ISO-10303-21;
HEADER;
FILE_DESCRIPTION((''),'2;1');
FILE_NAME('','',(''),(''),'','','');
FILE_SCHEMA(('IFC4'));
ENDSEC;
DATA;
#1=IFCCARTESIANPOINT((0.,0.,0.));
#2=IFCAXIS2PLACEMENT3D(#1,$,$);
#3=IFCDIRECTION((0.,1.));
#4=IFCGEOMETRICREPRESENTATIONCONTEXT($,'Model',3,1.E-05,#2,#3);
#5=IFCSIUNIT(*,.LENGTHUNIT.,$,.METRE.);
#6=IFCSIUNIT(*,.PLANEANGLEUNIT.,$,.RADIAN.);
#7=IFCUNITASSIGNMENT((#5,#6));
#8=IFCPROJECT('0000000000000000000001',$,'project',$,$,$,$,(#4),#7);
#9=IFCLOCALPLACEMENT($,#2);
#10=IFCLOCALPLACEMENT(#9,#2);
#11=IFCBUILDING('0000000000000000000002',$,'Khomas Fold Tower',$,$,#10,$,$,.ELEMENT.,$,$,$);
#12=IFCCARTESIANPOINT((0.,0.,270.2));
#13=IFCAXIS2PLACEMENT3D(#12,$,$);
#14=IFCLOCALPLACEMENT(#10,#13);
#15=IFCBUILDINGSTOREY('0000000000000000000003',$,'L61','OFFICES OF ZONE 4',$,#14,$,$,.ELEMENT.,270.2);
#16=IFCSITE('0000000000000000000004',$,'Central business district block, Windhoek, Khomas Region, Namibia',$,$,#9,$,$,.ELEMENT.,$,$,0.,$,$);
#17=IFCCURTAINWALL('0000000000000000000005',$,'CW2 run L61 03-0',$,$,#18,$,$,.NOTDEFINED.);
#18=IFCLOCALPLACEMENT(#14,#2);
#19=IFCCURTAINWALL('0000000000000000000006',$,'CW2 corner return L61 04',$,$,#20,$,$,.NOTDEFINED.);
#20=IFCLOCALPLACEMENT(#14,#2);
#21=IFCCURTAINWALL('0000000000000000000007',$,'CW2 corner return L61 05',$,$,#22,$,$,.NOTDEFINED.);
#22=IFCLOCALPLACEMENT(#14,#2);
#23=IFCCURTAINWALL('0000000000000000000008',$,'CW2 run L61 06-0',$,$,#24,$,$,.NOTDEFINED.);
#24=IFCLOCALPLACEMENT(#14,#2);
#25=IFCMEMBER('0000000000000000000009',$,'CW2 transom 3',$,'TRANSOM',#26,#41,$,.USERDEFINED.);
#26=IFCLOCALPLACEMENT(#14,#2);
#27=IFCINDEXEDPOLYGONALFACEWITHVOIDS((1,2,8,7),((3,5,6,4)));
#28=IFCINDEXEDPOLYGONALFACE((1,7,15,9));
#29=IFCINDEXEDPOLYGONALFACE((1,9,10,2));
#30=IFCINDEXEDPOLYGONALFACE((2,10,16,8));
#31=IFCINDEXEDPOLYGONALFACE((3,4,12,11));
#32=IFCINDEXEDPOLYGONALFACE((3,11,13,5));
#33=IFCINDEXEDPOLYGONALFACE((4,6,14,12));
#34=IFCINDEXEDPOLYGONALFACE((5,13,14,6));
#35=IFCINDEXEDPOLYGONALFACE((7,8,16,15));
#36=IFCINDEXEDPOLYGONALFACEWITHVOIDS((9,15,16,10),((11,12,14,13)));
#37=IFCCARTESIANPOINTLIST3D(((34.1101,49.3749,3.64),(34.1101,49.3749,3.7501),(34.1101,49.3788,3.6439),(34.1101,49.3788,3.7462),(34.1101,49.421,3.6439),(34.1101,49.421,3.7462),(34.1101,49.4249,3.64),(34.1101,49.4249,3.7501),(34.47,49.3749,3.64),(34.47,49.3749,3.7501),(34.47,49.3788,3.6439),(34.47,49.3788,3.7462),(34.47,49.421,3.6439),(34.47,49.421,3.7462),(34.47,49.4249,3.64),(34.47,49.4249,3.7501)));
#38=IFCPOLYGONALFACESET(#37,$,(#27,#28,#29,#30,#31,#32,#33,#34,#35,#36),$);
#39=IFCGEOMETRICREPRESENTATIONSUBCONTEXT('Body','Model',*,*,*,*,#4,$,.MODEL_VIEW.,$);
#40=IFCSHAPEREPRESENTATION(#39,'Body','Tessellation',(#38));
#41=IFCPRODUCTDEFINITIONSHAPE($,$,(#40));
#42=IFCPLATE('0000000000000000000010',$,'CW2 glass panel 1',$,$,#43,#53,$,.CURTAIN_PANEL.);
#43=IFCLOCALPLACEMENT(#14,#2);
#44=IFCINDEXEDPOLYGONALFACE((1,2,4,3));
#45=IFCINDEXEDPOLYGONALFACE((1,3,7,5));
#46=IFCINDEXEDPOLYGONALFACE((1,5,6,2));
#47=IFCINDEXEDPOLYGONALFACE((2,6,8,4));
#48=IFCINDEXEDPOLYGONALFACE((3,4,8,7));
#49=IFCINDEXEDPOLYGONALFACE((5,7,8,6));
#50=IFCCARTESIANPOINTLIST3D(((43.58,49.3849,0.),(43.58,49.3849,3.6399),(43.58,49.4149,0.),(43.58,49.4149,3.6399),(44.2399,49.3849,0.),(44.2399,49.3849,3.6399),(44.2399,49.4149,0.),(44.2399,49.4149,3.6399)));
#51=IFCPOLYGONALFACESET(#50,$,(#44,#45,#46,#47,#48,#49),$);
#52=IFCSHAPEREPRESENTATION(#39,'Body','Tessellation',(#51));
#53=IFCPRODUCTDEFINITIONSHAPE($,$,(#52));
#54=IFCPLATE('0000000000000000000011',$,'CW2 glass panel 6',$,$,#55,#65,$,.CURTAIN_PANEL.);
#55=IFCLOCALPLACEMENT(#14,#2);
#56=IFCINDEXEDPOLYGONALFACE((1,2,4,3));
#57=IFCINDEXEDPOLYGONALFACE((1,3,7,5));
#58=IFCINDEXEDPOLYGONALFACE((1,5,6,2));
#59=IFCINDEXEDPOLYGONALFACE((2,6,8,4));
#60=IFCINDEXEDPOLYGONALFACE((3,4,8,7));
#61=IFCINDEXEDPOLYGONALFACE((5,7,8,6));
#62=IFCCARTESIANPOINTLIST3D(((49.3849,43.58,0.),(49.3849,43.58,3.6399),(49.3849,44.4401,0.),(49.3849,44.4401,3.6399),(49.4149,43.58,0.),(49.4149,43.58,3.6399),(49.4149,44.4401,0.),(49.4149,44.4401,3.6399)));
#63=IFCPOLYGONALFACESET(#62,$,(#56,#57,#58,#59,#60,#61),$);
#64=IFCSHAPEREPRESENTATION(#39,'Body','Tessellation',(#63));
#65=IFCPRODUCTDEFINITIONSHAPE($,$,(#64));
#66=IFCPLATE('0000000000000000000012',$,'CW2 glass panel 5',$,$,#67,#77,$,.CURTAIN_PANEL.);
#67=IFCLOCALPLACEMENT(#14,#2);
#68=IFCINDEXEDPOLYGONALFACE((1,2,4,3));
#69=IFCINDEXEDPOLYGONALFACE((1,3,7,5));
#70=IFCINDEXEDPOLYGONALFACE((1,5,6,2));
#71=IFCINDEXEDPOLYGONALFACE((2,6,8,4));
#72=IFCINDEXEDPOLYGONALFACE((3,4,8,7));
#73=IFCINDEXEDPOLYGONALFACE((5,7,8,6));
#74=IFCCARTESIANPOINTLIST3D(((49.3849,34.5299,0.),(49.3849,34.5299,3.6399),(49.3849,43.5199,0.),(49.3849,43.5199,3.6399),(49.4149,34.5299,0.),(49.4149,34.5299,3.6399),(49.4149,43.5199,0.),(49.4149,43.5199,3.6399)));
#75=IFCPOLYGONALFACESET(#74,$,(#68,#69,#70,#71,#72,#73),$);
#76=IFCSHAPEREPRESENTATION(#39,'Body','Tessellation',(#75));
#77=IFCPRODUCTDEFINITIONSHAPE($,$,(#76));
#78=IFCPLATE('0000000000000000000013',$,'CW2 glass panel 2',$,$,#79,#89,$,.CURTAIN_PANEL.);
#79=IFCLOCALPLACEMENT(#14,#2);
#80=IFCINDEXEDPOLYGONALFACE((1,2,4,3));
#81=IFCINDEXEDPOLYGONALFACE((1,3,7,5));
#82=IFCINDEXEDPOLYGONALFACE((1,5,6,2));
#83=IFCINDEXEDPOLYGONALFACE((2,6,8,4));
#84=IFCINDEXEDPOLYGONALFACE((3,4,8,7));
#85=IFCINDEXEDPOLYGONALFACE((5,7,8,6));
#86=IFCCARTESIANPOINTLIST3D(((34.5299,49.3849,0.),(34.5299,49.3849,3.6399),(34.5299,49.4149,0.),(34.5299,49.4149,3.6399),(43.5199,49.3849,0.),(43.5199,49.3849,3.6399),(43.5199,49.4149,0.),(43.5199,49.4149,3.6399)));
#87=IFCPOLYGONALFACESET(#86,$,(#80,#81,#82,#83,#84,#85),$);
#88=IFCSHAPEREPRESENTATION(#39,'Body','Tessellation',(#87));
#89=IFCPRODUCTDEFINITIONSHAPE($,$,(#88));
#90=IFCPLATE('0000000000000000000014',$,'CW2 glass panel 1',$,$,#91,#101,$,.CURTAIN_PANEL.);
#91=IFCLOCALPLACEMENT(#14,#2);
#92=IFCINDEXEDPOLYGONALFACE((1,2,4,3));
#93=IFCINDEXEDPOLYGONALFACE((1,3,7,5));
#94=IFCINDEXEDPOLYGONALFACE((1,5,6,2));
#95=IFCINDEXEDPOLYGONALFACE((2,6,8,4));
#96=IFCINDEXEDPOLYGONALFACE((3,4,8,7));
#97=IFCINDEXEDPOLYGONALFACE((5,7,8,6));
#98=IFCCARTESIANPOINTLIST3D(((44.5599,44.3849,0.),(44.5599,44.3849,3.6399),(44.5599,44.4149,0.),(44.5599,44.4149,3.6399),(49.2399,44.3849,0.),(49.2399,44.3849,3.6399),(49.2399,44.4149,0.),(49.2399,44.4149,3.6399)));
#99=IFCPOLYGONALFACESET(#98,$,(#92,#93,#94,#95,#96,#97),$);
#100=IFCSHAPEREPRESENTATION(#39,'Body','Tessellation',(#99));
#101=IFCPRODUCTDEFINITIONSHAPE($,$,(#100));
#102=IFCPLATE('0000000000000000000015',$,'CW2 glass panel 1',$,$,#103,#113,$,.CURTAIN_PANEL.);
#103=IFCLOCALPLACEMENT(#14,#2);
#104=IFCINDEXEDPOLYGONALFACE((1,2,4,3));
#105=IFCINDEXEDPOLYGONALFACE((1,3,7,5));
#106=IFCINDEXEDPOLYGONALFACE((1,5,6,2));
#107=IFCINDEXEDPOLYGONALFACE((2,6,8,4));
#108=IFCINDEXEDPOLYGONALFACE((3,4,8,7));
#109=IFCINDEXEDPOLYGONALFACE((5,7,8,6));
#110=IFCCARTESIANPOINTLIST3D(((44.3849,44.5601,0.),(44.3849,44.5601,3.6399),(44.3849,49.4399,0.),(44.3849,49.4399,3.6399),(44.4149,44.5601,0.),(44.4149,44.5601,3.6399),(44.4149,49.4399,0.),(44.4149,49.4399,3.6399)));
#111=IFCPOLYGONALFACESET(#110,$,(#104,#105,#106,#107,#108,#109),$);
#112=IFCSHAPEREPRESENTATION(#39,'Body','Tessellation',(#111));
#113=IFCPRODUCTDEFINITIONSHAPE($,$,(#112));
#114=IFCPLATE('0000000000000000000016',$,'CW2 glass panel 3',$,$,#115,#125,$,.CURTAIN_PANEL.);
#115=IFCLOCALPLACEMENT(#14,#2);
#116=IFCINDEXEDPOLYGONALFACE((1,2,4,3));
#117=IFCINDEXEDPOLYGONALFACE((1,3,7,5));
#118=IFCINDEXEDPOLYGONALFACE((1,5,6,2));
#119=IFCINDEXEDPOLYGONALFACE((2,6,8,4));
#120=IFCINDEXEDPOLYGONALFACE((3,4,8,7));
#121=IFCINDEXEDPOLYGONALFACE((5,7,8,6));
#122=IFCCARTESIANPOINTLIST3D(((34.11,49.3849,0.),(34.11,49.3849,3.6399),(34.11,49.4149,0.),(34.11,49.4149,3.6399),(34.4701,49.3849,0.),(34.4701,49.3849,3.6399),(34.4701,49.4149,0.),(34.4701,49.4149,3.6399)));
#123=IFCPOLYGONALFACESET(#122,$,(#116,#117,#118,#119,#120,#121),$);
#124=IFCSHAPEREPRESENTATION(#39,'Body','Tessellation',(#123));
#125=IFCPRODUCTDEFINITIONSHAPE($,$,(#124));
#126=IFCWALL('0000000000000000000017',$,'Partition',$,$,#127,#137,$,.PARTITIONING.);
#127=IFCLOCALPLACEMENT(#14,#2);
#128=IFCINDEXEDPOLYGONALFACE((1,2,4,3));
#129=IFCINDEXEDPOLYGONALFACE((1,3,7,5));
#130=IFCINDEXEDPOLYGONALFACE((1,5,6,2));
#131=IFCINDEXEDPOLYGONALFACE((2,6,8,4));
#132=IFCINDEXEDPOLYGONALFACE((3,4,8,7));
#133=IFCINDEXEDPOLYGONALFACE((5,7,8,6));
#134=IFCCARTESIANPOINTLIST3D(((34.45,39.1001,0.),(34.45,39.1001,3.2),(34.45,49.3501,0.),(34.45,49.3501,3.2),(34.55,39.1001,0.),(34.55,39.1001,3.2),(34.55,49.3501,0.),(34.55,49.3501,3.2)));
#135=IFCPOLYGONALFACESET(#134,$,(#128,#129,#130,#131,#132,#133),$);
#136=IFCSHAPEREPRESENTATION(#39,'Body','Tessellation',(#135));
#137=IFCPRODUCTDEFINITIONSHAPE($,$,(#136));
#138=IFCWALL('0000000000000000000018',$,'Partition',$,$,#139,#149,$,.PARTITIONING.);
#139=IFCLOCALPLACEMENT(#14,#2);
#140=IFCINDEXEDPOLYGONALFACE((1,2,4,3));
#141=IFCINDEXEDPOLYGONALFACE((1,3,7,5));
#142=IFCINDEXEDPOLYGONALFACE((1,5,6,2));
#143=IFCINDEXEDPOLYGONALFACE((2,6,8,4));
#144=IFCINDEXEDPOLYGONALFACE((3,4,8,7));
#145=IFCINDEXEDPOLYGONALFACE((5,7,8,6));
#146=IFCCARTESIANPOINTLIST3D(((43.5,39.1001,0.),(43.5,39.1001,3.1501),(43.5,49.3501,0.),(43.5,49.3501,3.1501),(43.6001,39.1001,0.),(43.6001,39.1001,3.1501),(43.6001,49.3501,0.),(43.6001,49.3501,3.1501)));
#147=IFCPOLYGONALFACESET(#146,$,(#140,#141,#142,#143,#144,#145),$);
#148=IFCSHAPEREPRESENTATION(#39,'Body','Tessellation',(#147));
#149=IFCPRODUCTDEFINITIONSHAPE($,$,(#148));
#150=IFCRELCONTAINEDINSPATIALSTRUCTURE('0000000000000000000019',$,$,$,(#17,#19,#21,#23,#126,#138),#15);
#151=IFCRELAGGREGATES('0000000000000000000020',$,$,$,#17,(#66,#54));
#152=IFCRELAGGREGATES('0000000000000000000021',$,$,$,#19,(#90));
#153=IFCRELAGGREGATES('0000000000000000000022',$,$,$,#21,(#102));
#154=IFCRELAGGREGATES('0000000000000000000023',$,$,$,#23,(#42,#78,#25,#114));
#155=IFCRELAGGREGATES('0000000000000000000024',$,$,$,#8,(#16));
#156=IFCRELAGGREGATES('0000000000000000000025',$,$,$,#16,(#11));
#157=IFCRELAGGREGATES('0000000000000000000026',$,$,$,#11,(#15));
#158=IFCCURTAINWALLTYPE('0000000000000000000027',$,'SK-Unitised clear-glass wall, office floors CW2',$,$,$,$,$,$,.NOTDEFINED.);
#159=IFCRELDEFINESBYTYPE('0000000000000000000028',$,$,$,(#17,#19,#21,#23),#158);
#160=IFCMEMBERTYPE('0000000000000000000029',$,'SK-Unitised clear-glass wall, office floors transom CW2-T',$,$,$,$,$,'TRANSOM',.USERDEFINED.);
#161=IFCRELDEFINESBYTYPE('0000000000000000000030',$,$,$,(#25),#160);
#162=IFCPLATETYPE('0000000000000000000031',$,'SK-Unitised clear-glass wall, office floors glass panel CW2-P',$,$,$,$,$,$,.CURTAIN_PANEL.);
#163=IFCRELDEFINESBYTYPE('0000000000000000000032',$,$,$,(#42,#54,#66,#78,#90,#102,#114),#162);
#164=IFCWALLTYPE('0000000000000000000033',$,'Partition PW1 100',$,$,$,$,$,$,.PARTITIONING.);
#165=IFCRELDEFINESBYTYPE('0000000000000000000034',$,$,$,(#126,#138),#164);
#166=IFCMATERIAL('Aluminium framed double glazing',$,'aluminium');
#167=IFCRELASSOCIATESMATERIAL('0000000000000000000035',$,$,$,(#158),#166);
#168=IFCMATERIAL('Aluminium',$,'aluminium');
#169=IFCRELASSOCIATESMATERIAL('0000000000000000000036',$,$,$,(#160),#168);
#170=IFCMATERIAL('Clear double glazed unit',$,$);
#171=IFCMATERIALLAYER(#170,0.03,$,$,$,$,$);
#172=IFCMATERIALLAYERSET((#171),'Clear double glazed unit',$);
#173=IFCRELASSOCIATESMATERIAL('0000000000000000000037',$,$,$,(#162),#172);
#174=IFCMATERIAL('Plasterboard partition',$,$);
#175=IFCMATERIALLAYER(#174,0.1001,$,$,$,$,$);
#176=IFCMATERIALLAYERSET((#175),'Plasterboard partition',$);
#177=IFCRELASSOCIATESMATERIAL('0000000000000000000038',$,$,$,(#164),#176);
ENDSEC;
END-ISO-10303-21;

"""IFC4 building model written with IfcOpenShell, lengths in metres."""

from ifc_helpers import new_model, si_unit, direction, frame, frame_2d, origin, origin_2d, place, context, subcontext, project, spatial, rectangle, hollow_rectangle, extrude, source, transform, mapped, material, layer, layer_set, material_profile, profile_set, type_object, element, aggregate, save


model = new_model("IFC4")

# Units and contexts
model_context = context("Model", 3, precision=1e-05, world=origin(), true_north=direction((0.0, 1.0)))
body_context = subcontext(model_context, "Body", "Model", "MODEL_VIEW")
ifc_project = project(units=[si_unit("LENGTHUNIT", "METRE"), si_unit("PLANEANGLEUNIT", "RADIAN")], contexts=[model_context])

# Site, building, storey
site_placement = place(None, origin())
site = spatial("IfcSite", under=ifc_project, at=site_placement, Name="Central business district block, Windhoek, Khomas Region, Namibia", CompositionType="ELEMENT", RefElevation=0.0)
building_placement = place(site_placement, origin())
building = spatial("IfcBuilding", under=site, at=building_placement, Name="Khomas Fold Tower", CompositionType="ELEMENT")
storey_placement = place(building_placement, frame((0.0, 0.0, 270.2)))
storey = spatial("IfcBuildingStorey", under=building, at=storey_placement, Name="L61", Description="OFFICES OF ZONE 4", CompositionType="ELEMENT", Elevation=270.2)

# Curtain walls
ifc_material_1 = material(Name="Aluminium framed double glazing", Category="aluminium")
curtain_wall_type = type_object("IfcCurtainWallType", Name="SK-Unitised clear-glass wall, office floors CW2", PredefinedType="NOTDEFINED", material=ifc_material_1)
curtain_wall_1_placement = place(storey_placement, origin())
curtain_wall_1 = element("IfcCurtainWall", 1, at=curtain_wall_1_placement, inside=storey, type_object=curtain_wall_type, Name="CW2 run L61 03-0", PredefinedType="NOTDEFINED")
curtain_wall_2_placement = place(storey_placement, origin())
curtain_wall_2 = element("IfcCurtainWall", 2, at=curtain_wall_2_placement, inside=storey, type_object=curtain_wall_type, Name="CW2 corner return L61 04", PredefinedType="NOTDEFINED")
curtain_wall_3_placement = place(storey_placement, origin())
curtain_wall_3 = element("IfcCurtainWall", 3, at=curtain_wall_3_placement, inside=storey, type_object=curtain_wall_type, Name="CW2 corner return L61 05", PredefinedType="NOTDEFINED")
curtain_wall_4_placement = place(storey_placement, origin())
curtain_wall_4 = element("IfcCurtainWall", 4, at=curtain_wall_4_placement, inside=storey, type_object=curtain_wall_type, Name="CW2 run L61 06-0", PredefinedType="NOTDEFINED")
ifc_material_2 = material(Name="Aluminium", Category="aluminium")
ifc_material_profile_1 = material_profile(ifc_material_2, hollow_rectangle(XDim=0.05, YDim=0.1101, WallThickness=0.0039, at=origin_2d()), Name="SK-Unitised clear-glass wall, office floors transom CW2-T")
ifc_profile_set_1 = profile_set([ifc_material_profile_1], Name="Aluminium")
member_type_1 = type_object("IfcMemberType", Name="SK-Unitised clear-glass wall, office floors transom CW2-T", ElementType="TRANSOM", PredefinedType="USERDEFINED", material=ifc_profile_set_1)

# Member
shared_shape_1 = source(origin(), body_context, "Body", "SweptSolid", [
    extrude(hollow_rectangle(XDim=0.05, YDim=0.1101, WallThickness=0.0039, at=origin_2d()), origin(), (0.0, 0.0, 1.0), 0.3599),
])
member_1_placement = place(storey_placement, frame((34.47, 49.3999, 3.6951), z_axis=(-1.0, 0.0, 0.0), x_axis=(0.0, -1.0, 0.0)))
member_1 = element("IfcMember", 5, at=member_1_placement, type_object=member_type_1, Name="CW2 transom 3", ObjectType="TRANSOM", PredefinedType="USERDEFINED", context=body_context, shape_type="MappedRepresentation", body=[
    mapped(shared_shape_1, transform((0.0, 0.0, 0.0))),
])

# Plates
ifc_material_3 = material(Name="Clear double glazed unit")
ifc_layer_1 = layer(ifc_material_3, 0.03)
ifc_layer_set_1 = layer_set([ifc_layer_1], Name="Clear double glazed unit")
plate_type = type_object("IfcPlateType", Name="SK-Unitised clear-glass wall, office floors glass panel CW2-P", PredefinedType="CURTAIN_PANEL", material=ifc_layer_set_1)
shared_shape_2 = source(origin(), body_context, "Body", "SweptSolid", [
    extrude(rectangle(XDim=0.6599, YDim=0.03, at=origin_2d()), origin(), (0.0, 0.0, 1.0), 3.6399),
])
plate_1_placement = place(storey_placement, frame((43.9099, 49.3999, 0.0), z_axis=(0.0, 0.0, 1.0), x_axis=(-1.0, 0.0, 0.0)))
plate_1 = element("IfcPlate", 6, at=plate_1_placement, type_object=plate_type, Name="CW2 glass panel 1", PredefinedType="CURTAIN_PANEL", context=body_context, shape_type="MappedRepresentation", body=[
    mapped(shared_shape_2, transform((0.0, 0.0, 0.0))),
])
shared_shape_3 = source(origin(), body_context, "Body", "SweptSolid", [
    extrude(rectangle(XDim=0.8601, YDim=0.03, at=origin_2d()), origin(), (0.0, 0.0, 1.0), 3.6399),
])
plate_2_placement = place(storey_placement, frame((49.3999, 44.01, 0.0), z_axis=(0.0, 0.0, 1.0), x_axis=(0.0, 1.0, 0.0)))
plate_2 = element("IfcPlate", 7, at=plate_2_placement, type_object=plate_type, Name="CW2 glass panel 6", PredefinedType="CURTAIN_PANEL", context=body_context, shape_type="MappedRepresentation", body=[
    mapped(shared_shape_3, transform((0.0, 0.0, 0.0))),
])
shared_shape_4 = source(origin(), body_context, "Body", "SweptSolid", [
    extrude(rectangle(XDim=8.99, YDim=0.03, at=origin_2d()), origin(), (0.0, 0.0, 1.0), 3.6399),
])
plate_3_placement = place(storey_placement, frame((49.3999, 39.0249, 0.0), z_axis=(0.0, 0.0, 1.0), x_axis=(0.0, 1.0, 0.0)))
plate_3 = element("IfcPlate", 8, at=plate_3_placement, type_object=plate_type, Name="CW2 glass panel 5", PredefinedType="CURTAIN_PANEL", context=body_context, shape_type="MappedRepresentation", body=[
    mapped(shared_shape_4, transform((0.0, 0.0, 0.0))),
])
aggregate(curtain_wall_1, [plate_3, plate_2])
plate_4_placement = place(storey_placement, frame((39.0249, 49.3999, 0.0), z_axis=(0.0, 0.0, 1.0), x_axis=(-1.0, 0.0, 0.0)))
plate_4 = element("IfcPlate", 9, at=plate_4_placement, type_object=plate_type, Name="CW2 glass panel 2", PredefinedType="CURTAIN_PANEL", context=body_context, shape_type="MappedRepresentation", body=[
    mapped(shared_shape_4, transform((0.0, 0.0, 0.0))),
])
shared_shape_5 = source(origin(), body_context, "Body", "SweptSolid", [
    extrude(rectangle(XDim=4.6799, YDim=0.03, at=origin_2d()), origin(), (0.0, 0.0, 1.0), 3.6399),
])
plate_5_placement = place(storey_placement, frame((46.8999, 44.3999, 0.0), z_axis=(0.0, 0.0, 1.0), x_axis=(-1.0, 0.0, 0.0)))
plate_5 = element("IfcPlate", 10, at=plate_5_placement, type_object=plate_type, Name="CW2 glass panel 1", PredefinedType="CURTAIN_PANEL", context=body_context, shape_type="MappedRepresentation", body=[
    mapped(shared_shape_5, transform((0.0, 0.0, 0.0))),
])
aggregate(curtain_wall_2, [plate_5])
shared_shape_6 = source(origin(), body_context, "Body", "SweptSolid", [
    extrude(rectangle(XDim=4.8799, YDim=0.03, at=origin_2d()), origin(), (0.0, 0.0, 1.0), 3.6399),
])
plate_6_placement = place(storey_placement, frame((44.3999, 47.0, 0.0), z_axis=(0.0, 0.0, 1.0), x_axis=(0.0, 1.0, 0.0)))
plate_6 = element("IfcPlate", 11, at=plate_6_placement, type_object=plate_type, Name="CW2 glass panel 1", PredefinedType="CURTAIN_PANEL", context=body_context, shape_type="MappedRepresentation", body=[
    mapped(shared_shape_6, transform((0.0, 0.0, 0.0))),
])
aggregate(curtain_wall_3, [plate_6])
shared_shape_7 = source(origin(), body_context, "Body", "SweptSolid", [
    extrude(rectangle(XDim=0.3601, YDim=0.03, at=origin_2d()), origin(), (0.0, 0.0, 1.0), 3.6399),
])
plate_7_placement = place(storey_placement, frame((34.29, 49.3999, 0.0), z_axis=(0.0, 0.0, 1.0), x_axis=(-1.0, 0.0, 0.0)))
plate_7 = element("IfcPlate", 12, at=plate_7_placement, type_object=plate_type, Name="CW2 glass panel 3", PredefinedType="CURTAIN_PANEL", context=body_context, shape_type="MappedRepresentation", body=[
    mapped(shared_shape_7, transform((0.0, 0.0, 0.0))),
])
aggregate(curtain_wall_4, [plate_1, plate_4, member_1, plate_7])

# Walls
ifc_material_4 = material(Name="Plasterboard partition")
ifc_layer_2 = layer(ifc_material_4, 0.1001)
ifc_layer_set_2 = layer_set([ifc_layer_2], Name="Plasterboard partition")
wall_type = type_object("IfcWallType", Name="Partition PW1 100", PredefinedType="PARTITIONING", material=ifc_layer_set_2)
shared_shape_8 = source(origin(), body_context, "Body", "SweptSolid", [
    extrude(rectangle(XDim=10.25, YDim=0.1001, at=frame_2d((5.125, 0.0))), origin(), (0.0, 0.0, 1.0), 3.2),
])
wall_1_placement = place(storey_placement, frame((34.5, 39.1001, 0.0), z_axis=(0.0, 0.0, 1.0), x_axis=(0.0, 1.0, 0.0)))
element("IfcWall", 13, at=wall_1_placement, inside=storey, type_object=wall_type, Name="Partition", PredefinedType="PARTITIONING", context=body_context, shape_type="MappedRepresentation", body=[
    mapped(shared_shape_8, transform((0.0, 0.0, 0.0))),
])
shared_shape_9 = source(origin(), body_context, "Body", "SweptSolid", [
    extrude(rectangle(XDim=10.25, YDim=0.1001, at=frame_2d((5.125, 0.0))), origin(), (0.0, 0.0, 1.0), 3.1501),
])
wall_2_placement = place(storey_placement, frame((43.55, 39.1001, 0.0), z_axis=(0.0, 0.0, 1.0), x_axis=(0.0, 1.0, 0.0)))
element("IfcWall", 14, at=wall_2_placement, inside=storey, type_object=wall_type, Name="Partition", PredefinedType="PARTITIONING", context=body_context, shape_type="MappedRepresentation", body=[
    mapped(shared_shape_9, transform((0.0, 0.0, 0.0))),
])

save(model, "model.ifc")
